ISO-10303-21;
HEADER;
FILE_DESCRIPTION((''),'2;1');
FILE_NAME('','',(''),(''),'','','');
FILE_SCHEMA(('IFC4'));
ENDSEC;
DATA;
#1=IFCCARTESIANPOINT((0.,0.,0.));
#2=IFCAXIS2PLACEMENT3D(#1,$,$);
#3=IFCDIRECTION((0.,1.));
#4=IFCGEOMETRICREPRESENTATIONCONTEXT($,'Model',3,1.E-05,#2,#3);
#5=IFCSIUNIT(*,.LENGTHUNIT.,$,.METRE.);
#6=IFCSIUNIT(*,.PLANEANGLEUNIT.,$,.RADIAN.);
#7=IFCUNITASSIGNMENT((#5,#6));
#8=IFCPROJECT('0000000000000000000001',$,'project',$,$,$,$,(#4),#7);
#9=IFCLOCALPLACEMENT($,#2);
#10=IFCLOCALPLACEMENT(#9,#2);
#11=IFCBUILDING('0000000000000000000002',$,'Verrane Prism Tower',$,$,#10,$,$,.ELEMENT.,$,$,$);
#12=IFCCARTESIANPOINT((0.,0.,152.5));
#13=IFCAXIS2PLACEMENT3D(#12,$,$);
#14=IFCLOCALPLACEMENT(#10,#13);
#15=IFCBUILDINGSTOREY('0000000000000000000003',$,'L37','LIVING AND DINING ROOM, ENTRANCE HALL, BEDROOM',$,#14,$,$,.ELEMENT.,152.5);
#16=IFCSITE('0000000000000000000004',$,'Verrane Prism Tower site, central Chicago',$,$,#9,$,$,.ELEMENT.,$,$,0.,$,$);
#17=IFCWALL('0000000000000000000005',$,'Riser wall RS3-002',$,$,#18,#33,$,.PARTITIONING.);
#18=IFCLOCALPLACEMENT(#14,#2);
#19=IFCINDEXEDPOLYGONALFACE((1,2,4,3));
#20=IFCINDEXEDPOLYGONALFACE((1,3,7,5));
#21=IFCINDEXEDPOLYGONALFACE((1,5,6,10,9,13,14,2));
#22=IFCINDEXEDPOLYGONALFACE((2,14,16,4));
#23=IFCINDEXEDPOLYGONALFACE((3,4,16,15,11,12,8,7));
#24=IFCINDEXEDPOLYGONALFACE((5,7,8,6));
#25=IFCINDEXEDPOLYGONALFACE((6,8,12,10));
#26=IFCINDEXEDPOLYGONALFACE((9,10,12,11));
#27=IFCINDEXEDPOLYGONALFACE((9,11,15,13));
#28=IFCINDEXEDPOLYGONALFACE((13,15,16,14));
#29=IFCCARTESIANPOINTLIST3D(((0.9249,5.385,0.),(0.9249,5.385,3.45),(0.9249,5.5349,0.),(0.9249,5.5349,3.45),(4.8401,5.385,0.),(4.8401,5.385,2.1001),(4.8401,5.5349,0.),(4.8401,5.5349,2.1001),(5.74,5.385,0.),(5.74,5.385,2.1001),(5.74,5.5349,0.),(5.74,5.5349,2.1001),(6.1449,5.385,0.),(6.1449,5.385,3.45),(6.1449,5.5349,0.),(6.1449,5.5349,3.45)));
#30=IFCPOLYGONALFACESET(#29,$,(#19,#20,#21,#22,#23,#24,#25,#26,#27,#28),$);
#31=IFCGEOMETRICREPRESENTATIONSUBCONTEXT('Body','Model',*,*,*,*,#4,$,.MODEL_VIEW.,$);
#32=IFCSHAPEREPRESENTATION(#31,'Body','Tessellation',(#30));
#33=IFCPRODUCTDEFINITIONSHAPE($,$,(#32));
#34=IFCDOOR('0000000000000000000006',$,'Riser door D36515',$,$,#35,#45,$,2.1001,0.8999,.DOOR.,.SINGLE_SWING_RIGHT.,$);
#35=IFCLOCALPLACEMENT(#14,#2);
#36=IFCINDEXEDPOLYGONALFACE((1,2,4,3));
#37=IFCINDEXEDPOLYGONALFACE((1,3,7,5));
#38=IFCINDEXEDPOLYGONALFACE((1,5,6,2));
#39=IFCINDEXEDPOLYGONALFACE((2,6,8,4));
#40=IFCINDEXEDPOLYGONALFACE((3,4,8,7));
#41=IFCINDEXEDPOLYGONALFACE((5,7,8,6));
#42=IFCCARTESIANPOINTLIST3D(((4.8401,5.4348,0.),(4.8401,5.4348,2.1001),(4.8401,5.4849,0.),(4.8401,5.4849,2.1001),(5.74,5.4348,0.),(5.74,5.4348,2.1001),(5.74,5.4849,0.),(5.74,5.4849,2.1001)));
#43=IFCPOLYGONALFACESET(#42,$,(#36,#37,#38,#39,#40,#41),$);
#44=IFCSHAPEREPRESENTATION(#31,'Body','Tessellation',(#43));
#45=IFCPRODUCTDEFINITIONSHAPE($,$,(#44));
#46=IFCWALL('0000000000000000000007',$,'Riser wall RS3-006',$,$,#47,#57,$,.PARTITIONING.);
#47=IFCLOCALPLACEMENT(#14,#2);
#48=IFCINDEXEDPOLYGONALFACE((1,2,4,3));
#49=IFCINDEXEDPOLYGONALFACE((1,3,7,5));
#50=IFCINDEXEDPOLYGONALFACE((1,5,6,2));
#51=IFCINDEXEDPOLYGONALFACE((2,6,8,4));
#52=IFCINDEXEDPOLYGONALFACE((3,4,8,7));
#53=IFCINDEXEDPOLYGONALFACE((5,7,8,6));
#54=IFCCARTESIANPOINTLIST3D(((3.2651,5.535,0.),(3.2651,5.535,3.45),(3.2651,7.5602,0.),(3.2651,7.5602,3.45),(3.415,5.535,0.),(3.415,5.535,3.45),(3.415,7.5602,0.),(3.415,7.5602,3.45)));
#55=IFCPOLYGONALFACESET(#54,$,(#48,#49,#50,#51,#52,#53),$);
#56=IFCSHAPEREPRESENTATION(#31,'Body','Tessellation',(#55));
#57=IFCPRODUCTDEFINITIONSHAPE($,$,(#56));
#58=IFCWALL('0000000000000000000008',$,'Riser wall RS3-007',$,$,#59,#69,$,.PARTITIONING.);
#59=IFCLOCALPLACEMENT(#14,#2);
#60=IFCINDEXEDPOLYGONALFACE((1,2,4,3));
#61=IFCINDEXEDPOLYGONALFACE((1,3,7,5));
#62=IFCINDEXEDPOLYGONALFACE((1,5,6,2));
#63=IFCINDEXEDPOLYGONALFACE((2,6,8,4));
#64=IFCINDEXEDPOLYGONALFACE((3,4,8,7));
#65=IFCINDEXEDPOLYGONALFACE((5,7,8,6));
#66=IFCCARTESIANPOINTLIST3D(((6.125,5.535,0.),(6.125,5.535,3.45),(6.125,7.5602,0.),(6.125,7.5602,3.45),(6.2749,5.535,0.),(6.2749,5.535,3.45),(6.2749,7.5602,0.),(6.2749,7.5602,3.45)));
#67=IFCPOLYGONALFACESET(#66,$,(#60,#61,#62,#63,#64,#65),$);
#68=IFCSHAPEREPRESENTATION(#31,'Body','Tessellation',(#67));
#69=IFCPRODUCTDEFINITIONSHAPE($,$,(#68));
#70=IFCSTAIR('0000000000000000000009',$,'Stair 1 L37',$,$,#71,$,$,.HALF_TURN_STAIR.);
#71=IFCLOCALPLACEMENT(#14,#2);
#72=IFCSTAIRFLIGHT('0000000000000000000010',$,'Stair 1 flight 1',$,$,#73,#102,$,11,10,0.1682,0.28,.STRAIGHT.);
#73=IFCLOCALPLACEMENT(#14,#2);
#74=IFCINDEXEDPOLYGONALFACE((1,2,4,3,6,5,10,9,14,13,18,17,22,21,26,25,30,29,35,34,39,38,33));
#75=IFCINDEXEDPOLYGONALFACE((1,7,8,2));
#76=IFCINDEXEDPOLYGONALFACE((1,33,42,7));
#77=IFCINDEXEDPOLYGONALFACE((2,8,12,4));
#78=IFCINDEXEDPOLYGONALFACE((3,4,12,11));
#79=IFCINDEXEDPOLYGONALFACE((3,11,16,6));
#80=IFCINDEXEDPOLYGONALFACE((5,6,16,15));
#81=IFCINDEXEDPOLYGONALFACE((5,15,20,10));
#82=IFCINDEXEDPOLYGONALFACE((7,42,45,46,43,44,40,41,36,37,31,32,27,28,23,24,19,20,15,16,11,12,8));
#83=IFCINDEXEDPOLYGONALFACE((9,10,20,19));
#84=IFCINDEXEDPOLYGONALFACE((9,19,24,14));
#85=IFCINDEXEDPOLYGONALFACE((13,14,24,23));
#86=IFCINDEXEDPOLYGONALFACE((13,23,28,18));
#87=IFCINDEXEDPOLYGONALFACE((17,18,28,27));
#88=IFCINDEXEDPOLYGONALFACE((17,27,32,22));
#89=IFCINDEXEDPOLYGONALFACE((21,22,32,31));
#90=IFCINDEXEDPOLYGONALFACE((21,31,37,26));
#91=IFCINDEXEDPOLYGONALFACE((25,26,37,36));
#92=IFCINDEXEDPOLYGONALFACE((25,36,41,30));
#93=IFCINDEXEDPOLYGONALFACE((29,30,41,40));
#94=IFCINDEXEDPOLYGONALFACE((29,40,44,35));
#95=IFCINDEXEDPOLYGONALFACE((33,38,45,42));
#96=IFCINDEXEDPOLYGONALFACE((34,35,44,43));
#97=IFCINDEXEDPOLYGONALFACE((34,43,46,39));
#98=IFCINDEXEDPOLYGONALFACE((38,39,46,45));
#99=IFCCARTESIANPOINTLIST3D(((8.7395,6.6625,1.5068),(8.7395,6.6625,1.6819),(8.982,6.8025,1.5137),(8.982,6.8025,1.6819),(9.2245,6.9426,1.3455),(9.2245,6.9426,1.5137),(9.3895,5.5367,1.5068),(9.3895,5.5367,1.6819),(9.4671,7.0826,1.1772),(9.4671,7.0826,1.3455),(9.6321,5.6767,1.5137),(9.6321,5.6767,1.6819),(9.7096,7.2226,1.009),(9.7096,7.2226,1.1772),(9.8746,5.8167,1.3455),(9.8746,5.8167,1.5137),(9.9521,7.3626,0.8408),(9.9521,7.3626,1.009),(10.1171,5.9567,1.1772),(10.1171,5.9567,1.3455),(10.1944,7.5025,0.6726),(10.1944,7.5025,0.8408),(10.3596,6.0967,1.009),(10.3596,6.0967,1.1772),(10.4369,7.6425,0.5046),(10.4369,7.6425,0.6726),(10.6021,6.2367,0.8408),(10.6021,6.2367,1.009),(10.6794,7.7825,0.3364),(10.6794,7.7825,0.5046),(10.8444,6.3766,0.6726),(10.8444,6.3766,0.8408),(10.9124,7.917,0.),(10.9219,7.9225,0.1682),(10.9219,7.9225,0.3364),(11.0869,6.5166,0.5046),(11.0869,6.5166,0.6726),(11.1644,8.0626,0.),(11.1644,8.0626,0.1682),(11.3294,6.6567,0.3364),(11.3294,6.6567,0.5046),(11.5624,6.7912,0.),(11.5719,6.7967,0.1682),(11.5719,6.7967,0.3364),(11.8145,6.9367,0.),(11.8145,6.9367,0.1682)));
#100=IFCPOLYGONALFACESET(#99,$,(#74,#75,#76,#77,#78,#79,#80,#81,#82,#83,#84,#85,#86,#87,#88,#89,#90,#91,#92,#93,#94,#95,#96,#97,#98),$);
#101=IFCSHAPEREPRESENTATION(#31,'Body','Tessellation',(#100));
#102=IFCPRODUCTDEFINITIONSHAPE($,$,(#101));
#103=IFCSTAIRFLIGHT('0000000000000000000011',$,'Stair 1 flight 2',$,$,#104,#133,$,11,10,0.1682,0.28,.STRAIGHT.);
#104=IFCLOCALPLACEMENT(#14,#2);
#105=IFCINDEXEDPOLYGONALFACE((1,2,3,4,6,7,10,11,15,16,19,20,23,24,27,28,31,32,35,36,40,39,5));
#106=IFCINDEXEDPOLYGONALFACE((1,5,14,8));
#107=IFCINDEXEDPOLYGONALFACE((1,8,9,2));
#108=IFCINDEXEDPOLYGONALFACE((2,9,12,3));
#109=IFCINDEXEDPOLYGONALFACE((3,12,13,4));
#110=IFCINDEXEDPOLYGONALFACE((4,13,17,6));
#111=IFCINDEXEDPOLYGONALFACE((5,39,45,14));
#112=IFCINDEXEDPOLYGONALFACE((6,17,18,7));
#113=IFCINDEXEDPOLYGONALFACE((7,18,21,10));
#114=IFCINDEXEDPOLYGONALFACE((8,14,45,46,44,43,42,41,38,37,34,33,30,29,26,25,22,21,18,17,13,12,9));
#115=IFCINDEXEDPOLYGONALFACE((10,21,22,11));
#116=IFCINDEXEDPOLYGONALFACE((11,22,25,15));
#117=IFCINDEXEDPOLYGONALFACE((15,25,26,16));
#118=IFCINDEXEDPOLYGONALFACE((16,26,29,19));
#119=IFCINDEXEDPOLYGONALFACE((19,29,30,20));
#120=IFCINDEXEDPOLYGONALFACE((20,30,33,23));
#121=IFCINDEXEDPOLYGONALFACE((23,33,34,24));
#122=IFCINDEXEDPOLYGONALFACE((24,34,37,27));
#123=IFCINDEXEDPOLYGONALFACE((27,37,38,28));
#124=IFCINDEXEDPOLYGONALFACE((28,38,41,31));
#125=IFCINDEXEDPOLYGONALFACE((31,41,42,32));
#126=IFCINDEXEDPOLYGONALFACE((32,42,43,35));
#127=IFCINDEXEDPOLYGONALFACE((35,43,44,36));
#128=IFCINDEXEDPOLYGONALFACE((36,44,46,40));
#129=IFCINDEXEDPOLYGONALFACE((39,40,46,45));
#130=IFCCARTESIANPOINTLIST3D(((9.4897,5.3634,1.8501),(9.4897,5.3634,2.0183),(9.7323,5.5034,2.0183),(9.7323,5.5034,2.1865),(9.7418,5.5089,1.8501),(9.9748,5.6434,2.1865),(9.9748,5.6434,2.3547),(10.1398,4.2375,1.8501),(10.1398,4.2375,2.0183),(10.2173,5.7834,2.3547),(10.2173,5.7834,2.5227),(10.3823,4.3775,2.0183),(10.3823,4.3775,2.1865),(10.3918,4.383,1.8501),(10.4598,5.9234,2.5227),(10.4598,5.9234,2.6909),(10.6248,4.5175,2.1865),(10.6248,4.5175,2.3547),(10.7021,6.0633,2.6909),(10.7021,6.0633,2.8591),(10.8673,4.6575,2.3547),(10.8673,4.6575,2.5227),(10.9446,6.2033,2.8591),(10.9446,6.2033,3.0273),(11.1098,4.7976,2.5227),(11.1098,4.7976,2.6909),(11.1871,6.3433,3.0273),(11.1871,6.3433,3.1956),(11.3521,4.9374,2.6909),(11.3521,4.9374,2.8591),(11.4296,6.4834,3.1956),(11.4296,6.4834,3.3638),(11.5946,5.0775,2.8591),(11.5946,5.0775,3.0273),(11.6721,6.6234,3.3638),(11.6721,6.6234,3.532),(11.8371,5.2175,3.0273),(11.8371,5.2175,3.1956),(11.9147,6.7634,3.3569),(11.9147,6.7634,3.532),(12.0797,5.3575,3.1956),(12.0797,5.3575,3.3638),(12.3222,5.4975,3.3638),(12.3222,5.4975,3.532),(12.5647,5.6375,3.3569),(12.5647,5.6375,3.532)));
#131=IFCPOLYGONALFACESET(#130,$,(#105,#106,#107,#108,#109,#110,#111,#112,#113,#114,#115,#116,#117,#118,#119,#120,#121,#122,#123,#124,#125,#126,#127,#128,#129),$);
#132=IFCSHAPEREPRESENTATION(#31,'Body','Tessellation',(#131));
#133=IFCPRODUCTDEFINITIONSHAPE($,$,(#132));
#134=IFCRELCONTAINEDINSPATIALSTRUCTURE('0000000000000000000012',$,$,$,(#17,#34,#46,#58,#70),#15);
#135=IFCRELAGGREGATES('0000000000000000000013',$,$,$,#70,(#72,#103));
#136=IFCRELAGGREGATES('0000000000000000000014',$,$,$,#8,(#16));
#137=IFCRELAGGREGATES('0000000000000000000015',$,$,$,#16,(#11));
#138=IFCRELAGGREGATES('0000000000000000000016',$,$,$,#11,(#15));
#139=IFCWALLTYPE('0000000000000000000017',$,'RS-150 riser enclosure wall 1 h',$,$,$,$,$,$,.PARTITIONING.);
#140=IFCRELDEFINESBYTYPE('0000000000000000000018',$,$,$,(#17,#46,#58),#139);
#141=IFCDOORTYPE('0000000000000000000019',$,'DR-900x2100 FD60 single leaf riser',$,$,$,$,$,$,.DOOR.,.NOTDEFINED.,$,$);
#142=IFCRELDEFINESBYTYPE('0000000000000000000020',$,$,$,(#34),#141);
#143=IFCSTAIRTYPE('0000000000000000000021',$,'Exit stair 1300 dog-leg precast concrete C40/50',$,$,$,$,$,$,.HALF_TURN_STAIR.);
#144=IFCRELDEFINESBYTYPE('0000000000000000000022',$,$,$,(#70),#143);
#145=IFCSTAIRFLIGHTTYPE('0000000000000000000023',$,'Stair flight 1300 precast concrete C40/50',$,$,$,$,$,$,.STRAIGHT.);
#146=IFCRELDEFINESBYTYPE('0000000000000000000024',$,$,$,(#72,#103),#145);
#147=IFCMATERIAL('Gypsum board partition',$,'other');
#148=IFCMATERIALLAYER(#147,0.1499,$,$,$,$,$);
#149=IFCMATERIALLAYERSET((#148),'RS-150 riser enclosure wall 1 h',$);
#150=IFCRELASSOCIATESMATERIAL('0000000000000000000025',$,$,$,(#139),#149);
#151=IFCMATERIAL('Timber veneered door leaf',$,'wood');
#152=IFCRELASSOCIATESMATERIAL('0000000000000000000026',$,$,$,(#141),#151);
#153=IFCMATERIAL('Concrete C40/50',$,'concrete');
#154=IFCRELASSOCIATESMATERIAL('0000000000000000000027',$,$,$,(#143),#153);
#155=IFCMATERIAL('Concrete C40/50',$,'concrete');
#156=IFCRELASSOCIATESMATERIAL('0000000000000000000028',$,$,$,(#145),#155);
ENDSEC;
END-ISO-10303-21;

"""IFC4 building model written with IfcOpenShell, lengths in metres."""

from ifc_helpers import new_model, si_unit, direction, frame, frame_2d, origin, place, context, subcontext, project, spatial, polyline, rectangle, outline, extrude, material, layer, layer_set, type_object, element, fill, aggregate, save


model = new_model("IFC4")

# Units and contexts
model_context = context("Model", 3, precision=1e-05, world=origin(), true_north=direction((0.0, 1.0)))
body_context = subcontext(model_context, "Body", "Model", "MODEL_VIEW")
ifc_project = project(units=[si_unit("LENGTHUNIT", "METRE"), si_unit("PLANEANGLEUNIT", "RADIAN")], contexts=[model_context])

# Site, building, storey
site_placement = place(None, origin())
site = spatial("IfcSite", under=ifc_project, at=site_placement, Name="Verrane Prism Tower site, central Chicago", CompositionType="ELEMENT", RefElevation=0.0)
building_placement = place(site_placement, origin())
building = spatial("IfcBuilding", under=site, at=building_placement, Name="Verrane Prism Tower", CompositionType="ELEMENT")
storey_placement = place(building_placement, frame((0.0, 0.0, 152.5)))
storey = spatial("IfcBuildingStorey", under=building, at=storey_placement, Name="L37", Description="LIVING AND DINING ROOM, ENTRANCE HALL, BEDROOM", CompositionType="ELEMENT", Elevation=152.5)

# Wall, opening, door
ifc_material_1 = material(Name="Gypsum board partition", Category="other")
ifc_layer_1 = layer(ifc_material_1, 0.1499)
ifc_layer_set_1 = layer_set([ifc_layer_1], Name="RS-150 riser enclosure wall 1 h")
wall_type_1 = type_object("IfcWallType", Name="RS-150 riser enclosure wall 1 h", PredefinedType="PARTITIONING", material=ifc_layer_set_1)
ifc_material_2 = material(Name="Timber veneered door leaf", Category="wood")
door_type_1 = type_object("IfcDoorType", Name="DR-900x2100 FD60 single leaf riser", OperationType="NOTDEFINED", PredefinedType="DOOR", material=ifc_material_2)
wall_1_placement = place(storey_placement, frame((0.925, 5.46, 0.0), z_axis=(0.0, 0.0, 1.0), x_axis=(1.0, 0.0, 0.0)))
wall_1 = element("IfcWall", 1, at=wall_1_placement, inside=storey, type_object=wall_type_1, Name="Riser wall RS3-002", PredefinedType="PARTITIONING", context=body_context, shape_type="SweptSolid", body=[
    extrude(rectangle(XDim=5.22, YDim=0.1499, at=frame_2d((2.6099, 0.0))), origin(), (0.0, 0.0, 1.0), 3.45),
])
opening_1_placement = place(wall_1_placement, frame((3.915, 0.0, 0.0)))
opening_1 = element("IfcOpeningElement", 2, at=opening_1_placement, cuts=wall_1, PredefinedType="OPENING", context=body_context, shape_type="SweptSolid", body=[
    extrude(rectangle(XDim=0.8999, YDim=2.1001, at=frame_2d((0.45, 1.05))), frame((0.0, 0.085, 0.0), z_axis=(0.0, -1.0, 0.0), x_axis=(1.0, 0.0, 0.0)), (0.0, 0.0, 1.0), 0.1699),
])
door_1_placement = place(opening_1_placement, origin())
door_1 = element("IfcDoor", 3, at=door_1_placement, inside=storey, type_object=door_type_1, Name="Riser door D36515", OperationType="SINGLE_SWING_RIGHT", OverallHeight=2.1001, OverallWidth=0.8999, PredefinedType="DOOR", context=body_context, shape_type="SweptSolid", body=[
    extrude(rectangle(XDim=0.8999, YDim=2.1001, at=frame_2d((0.45, 1.05))), frame((0.0, 0.0249, 0.0), z_axis=(0.0, -1.0, 0.0), x_axis=(1.0, 0.0, 0.0)), (0.0, 0.0, 1.0), 0.05),
])
fill(opening_1, door_1)

# Walls
for number, where, z_axis, x_axis, name in (
    (4, (3.3401, 5.5349, 0.0), (0.0, 0.0, 1.0), (0.0, 1.0, 0.0), "Riser wall RS3-006"),
    (5, (6.2, 5.5349, 0.0), (0.0, 0.0, 1.0), (0.0, 1.0, 0.0), "Riser wall RS3-007"),
):
    element("IfcWall", number, at=place(storey_placement, frame(where, z_axis=z_axis, x_axis=x_axis)), inside=storey, type_object=wall_type_1, Name=name, PredefinedType="PARTITIONING", context=body_context, shape_type="SweptSolid", body=[
        extrude(rectangle(XDim=2.0251, YDim=0.1499, at=frame_2d((1.0127, 0.0))), origin(), (0.0, 0.0, 1.0), 3.45),
    ])

# Stair, stair flights
ifc_material_3 = material(Name="Concrete C40/50", Category="concrete")
stair_type = type_object("IfcStairType", Name="Exit stair 1300 dog-leg precast concrete C40/50", PredefinedType="HALF_TURN_STAIR", material=ifc_material_3)
stair_placement = place(storey_placement, origin())
stair = element("IfcStair", 6, at=stair_placement, inside=storey, type_object=stair_type, Name="Stair 1 L37", PredefinedType="HALF_TURN_STAIR")
ifc_material_4 = material(Name="Concrete C40/50", Category="concrete")
stair_flight_type = type_object("IfcStairFlightType", Name="Stair flight 1300 precast concrete C40/50", PredefinedType="STRAIGHT", material=ifc_material_4)
stair_flight_1_placement = place(storey_placement, frame((11.4895, 7.4995, 0.0), z_axis=(0.0, 0.0, 1.0), x_axis=(-0.866025, -0.5, 0.0)))
stair_flight_1 = element("IfcStairFlight", 7, at=stair_flight_1_placement, type_object=stair_flight_type, Name="Stair 1 flight 1", NumberOfRisers=11, NumberOfTreads=10, PredefinedType="STRAIGHT", RiserHeight=0.1682, TreadLength=0.28, context=body_context, shape_type="SweptSolid", body=[
    extrude(outline(polyline([(0.0, 0.0), (0.0, 0.1682), (0.28, 0.1682), (0.28, 0.3364), (0.5601, 0.3364), (0.5601, 0.5046), (0.8401, 0.5046), (0.8401, 0.6726), (1.1201, 0.6726), (1.1201, 0.8408), (1.3999, 0.8408), (1.3999, 1.009), (1.6799, 1.009), (1.6799, 1.1772), (1.96, 1.1772), (1.96, 1.3455), (2.24, 1.3455), (2.24, 1.5137), (2.52, 1.5137), (2.52, 1.6819), (2.8, 1.6819), (2.8, 1.8501), (2.8, 1.5068), (0.291, 0.0), (0.0, 0.0)])), frame((0.0, 0.6499, 0.0), z_axis=(0.0, -1.0, 0.0), x_axis=(1.0, 0.0, 0.0)), (0.0, 0.0, 1.0), 1.3),
])
stair_flight_2_placement = place(storey_placement, frame((9.8147, 4.8005, 1.8501), z_axis=(0.0, 0.0, 1.0), x_axis=(0.866025, 0.5, 0.0)))
stair_flight_2 = element("IfcStairFlight", 8, at=stair_flight_2_placement, type_object=stair_flight_type, Name="Stair 1 flight 2", NumberOfRisers=11, NumberOfTreads=10, PredefinedType="STRAIGHT", RiserHeight=0.1682, TreadLength=0.28, context=body_context, shape_type="SweptSolid", body=[
    extrude(outline(polyline([(0.0, 0.0), (0.0, 0.1682), (0.28, 0.1682), (0.28, 0.3364), (0.5601, 0.3364), (0.5601, 0.5046), (0.8401, 0.5046), (0.8401, 0.6726), (1.1201, 0.6726), (1.1201, 0.8408), (1.3999, 0.8408), (1.3999, 1.009), (1.6799, 1.009), (1.6799, 1.1772), (1.96, 1.1772), (1.96, 1.3455), (2.24, 1.3455), (2.24, 1.5137), (2.52, 1.5137), (2.52, 1.6819), (2.8, 1.6819), (2.8, 1.8501), (2.8, 1.5068), (0.291, 0.0), (0.0, 0.0)])), frame((0.0, 0.6499, 0.0), z_axis=(0.0, -1.0, 0.0), x_axis=(1.0, 0.0, 0.0)), (0.0, 0.0, 1.0), 1.3),
])
aggregate(stair, [stair_flight_1, stair_flight_2])

save(model, "model.ifc")
